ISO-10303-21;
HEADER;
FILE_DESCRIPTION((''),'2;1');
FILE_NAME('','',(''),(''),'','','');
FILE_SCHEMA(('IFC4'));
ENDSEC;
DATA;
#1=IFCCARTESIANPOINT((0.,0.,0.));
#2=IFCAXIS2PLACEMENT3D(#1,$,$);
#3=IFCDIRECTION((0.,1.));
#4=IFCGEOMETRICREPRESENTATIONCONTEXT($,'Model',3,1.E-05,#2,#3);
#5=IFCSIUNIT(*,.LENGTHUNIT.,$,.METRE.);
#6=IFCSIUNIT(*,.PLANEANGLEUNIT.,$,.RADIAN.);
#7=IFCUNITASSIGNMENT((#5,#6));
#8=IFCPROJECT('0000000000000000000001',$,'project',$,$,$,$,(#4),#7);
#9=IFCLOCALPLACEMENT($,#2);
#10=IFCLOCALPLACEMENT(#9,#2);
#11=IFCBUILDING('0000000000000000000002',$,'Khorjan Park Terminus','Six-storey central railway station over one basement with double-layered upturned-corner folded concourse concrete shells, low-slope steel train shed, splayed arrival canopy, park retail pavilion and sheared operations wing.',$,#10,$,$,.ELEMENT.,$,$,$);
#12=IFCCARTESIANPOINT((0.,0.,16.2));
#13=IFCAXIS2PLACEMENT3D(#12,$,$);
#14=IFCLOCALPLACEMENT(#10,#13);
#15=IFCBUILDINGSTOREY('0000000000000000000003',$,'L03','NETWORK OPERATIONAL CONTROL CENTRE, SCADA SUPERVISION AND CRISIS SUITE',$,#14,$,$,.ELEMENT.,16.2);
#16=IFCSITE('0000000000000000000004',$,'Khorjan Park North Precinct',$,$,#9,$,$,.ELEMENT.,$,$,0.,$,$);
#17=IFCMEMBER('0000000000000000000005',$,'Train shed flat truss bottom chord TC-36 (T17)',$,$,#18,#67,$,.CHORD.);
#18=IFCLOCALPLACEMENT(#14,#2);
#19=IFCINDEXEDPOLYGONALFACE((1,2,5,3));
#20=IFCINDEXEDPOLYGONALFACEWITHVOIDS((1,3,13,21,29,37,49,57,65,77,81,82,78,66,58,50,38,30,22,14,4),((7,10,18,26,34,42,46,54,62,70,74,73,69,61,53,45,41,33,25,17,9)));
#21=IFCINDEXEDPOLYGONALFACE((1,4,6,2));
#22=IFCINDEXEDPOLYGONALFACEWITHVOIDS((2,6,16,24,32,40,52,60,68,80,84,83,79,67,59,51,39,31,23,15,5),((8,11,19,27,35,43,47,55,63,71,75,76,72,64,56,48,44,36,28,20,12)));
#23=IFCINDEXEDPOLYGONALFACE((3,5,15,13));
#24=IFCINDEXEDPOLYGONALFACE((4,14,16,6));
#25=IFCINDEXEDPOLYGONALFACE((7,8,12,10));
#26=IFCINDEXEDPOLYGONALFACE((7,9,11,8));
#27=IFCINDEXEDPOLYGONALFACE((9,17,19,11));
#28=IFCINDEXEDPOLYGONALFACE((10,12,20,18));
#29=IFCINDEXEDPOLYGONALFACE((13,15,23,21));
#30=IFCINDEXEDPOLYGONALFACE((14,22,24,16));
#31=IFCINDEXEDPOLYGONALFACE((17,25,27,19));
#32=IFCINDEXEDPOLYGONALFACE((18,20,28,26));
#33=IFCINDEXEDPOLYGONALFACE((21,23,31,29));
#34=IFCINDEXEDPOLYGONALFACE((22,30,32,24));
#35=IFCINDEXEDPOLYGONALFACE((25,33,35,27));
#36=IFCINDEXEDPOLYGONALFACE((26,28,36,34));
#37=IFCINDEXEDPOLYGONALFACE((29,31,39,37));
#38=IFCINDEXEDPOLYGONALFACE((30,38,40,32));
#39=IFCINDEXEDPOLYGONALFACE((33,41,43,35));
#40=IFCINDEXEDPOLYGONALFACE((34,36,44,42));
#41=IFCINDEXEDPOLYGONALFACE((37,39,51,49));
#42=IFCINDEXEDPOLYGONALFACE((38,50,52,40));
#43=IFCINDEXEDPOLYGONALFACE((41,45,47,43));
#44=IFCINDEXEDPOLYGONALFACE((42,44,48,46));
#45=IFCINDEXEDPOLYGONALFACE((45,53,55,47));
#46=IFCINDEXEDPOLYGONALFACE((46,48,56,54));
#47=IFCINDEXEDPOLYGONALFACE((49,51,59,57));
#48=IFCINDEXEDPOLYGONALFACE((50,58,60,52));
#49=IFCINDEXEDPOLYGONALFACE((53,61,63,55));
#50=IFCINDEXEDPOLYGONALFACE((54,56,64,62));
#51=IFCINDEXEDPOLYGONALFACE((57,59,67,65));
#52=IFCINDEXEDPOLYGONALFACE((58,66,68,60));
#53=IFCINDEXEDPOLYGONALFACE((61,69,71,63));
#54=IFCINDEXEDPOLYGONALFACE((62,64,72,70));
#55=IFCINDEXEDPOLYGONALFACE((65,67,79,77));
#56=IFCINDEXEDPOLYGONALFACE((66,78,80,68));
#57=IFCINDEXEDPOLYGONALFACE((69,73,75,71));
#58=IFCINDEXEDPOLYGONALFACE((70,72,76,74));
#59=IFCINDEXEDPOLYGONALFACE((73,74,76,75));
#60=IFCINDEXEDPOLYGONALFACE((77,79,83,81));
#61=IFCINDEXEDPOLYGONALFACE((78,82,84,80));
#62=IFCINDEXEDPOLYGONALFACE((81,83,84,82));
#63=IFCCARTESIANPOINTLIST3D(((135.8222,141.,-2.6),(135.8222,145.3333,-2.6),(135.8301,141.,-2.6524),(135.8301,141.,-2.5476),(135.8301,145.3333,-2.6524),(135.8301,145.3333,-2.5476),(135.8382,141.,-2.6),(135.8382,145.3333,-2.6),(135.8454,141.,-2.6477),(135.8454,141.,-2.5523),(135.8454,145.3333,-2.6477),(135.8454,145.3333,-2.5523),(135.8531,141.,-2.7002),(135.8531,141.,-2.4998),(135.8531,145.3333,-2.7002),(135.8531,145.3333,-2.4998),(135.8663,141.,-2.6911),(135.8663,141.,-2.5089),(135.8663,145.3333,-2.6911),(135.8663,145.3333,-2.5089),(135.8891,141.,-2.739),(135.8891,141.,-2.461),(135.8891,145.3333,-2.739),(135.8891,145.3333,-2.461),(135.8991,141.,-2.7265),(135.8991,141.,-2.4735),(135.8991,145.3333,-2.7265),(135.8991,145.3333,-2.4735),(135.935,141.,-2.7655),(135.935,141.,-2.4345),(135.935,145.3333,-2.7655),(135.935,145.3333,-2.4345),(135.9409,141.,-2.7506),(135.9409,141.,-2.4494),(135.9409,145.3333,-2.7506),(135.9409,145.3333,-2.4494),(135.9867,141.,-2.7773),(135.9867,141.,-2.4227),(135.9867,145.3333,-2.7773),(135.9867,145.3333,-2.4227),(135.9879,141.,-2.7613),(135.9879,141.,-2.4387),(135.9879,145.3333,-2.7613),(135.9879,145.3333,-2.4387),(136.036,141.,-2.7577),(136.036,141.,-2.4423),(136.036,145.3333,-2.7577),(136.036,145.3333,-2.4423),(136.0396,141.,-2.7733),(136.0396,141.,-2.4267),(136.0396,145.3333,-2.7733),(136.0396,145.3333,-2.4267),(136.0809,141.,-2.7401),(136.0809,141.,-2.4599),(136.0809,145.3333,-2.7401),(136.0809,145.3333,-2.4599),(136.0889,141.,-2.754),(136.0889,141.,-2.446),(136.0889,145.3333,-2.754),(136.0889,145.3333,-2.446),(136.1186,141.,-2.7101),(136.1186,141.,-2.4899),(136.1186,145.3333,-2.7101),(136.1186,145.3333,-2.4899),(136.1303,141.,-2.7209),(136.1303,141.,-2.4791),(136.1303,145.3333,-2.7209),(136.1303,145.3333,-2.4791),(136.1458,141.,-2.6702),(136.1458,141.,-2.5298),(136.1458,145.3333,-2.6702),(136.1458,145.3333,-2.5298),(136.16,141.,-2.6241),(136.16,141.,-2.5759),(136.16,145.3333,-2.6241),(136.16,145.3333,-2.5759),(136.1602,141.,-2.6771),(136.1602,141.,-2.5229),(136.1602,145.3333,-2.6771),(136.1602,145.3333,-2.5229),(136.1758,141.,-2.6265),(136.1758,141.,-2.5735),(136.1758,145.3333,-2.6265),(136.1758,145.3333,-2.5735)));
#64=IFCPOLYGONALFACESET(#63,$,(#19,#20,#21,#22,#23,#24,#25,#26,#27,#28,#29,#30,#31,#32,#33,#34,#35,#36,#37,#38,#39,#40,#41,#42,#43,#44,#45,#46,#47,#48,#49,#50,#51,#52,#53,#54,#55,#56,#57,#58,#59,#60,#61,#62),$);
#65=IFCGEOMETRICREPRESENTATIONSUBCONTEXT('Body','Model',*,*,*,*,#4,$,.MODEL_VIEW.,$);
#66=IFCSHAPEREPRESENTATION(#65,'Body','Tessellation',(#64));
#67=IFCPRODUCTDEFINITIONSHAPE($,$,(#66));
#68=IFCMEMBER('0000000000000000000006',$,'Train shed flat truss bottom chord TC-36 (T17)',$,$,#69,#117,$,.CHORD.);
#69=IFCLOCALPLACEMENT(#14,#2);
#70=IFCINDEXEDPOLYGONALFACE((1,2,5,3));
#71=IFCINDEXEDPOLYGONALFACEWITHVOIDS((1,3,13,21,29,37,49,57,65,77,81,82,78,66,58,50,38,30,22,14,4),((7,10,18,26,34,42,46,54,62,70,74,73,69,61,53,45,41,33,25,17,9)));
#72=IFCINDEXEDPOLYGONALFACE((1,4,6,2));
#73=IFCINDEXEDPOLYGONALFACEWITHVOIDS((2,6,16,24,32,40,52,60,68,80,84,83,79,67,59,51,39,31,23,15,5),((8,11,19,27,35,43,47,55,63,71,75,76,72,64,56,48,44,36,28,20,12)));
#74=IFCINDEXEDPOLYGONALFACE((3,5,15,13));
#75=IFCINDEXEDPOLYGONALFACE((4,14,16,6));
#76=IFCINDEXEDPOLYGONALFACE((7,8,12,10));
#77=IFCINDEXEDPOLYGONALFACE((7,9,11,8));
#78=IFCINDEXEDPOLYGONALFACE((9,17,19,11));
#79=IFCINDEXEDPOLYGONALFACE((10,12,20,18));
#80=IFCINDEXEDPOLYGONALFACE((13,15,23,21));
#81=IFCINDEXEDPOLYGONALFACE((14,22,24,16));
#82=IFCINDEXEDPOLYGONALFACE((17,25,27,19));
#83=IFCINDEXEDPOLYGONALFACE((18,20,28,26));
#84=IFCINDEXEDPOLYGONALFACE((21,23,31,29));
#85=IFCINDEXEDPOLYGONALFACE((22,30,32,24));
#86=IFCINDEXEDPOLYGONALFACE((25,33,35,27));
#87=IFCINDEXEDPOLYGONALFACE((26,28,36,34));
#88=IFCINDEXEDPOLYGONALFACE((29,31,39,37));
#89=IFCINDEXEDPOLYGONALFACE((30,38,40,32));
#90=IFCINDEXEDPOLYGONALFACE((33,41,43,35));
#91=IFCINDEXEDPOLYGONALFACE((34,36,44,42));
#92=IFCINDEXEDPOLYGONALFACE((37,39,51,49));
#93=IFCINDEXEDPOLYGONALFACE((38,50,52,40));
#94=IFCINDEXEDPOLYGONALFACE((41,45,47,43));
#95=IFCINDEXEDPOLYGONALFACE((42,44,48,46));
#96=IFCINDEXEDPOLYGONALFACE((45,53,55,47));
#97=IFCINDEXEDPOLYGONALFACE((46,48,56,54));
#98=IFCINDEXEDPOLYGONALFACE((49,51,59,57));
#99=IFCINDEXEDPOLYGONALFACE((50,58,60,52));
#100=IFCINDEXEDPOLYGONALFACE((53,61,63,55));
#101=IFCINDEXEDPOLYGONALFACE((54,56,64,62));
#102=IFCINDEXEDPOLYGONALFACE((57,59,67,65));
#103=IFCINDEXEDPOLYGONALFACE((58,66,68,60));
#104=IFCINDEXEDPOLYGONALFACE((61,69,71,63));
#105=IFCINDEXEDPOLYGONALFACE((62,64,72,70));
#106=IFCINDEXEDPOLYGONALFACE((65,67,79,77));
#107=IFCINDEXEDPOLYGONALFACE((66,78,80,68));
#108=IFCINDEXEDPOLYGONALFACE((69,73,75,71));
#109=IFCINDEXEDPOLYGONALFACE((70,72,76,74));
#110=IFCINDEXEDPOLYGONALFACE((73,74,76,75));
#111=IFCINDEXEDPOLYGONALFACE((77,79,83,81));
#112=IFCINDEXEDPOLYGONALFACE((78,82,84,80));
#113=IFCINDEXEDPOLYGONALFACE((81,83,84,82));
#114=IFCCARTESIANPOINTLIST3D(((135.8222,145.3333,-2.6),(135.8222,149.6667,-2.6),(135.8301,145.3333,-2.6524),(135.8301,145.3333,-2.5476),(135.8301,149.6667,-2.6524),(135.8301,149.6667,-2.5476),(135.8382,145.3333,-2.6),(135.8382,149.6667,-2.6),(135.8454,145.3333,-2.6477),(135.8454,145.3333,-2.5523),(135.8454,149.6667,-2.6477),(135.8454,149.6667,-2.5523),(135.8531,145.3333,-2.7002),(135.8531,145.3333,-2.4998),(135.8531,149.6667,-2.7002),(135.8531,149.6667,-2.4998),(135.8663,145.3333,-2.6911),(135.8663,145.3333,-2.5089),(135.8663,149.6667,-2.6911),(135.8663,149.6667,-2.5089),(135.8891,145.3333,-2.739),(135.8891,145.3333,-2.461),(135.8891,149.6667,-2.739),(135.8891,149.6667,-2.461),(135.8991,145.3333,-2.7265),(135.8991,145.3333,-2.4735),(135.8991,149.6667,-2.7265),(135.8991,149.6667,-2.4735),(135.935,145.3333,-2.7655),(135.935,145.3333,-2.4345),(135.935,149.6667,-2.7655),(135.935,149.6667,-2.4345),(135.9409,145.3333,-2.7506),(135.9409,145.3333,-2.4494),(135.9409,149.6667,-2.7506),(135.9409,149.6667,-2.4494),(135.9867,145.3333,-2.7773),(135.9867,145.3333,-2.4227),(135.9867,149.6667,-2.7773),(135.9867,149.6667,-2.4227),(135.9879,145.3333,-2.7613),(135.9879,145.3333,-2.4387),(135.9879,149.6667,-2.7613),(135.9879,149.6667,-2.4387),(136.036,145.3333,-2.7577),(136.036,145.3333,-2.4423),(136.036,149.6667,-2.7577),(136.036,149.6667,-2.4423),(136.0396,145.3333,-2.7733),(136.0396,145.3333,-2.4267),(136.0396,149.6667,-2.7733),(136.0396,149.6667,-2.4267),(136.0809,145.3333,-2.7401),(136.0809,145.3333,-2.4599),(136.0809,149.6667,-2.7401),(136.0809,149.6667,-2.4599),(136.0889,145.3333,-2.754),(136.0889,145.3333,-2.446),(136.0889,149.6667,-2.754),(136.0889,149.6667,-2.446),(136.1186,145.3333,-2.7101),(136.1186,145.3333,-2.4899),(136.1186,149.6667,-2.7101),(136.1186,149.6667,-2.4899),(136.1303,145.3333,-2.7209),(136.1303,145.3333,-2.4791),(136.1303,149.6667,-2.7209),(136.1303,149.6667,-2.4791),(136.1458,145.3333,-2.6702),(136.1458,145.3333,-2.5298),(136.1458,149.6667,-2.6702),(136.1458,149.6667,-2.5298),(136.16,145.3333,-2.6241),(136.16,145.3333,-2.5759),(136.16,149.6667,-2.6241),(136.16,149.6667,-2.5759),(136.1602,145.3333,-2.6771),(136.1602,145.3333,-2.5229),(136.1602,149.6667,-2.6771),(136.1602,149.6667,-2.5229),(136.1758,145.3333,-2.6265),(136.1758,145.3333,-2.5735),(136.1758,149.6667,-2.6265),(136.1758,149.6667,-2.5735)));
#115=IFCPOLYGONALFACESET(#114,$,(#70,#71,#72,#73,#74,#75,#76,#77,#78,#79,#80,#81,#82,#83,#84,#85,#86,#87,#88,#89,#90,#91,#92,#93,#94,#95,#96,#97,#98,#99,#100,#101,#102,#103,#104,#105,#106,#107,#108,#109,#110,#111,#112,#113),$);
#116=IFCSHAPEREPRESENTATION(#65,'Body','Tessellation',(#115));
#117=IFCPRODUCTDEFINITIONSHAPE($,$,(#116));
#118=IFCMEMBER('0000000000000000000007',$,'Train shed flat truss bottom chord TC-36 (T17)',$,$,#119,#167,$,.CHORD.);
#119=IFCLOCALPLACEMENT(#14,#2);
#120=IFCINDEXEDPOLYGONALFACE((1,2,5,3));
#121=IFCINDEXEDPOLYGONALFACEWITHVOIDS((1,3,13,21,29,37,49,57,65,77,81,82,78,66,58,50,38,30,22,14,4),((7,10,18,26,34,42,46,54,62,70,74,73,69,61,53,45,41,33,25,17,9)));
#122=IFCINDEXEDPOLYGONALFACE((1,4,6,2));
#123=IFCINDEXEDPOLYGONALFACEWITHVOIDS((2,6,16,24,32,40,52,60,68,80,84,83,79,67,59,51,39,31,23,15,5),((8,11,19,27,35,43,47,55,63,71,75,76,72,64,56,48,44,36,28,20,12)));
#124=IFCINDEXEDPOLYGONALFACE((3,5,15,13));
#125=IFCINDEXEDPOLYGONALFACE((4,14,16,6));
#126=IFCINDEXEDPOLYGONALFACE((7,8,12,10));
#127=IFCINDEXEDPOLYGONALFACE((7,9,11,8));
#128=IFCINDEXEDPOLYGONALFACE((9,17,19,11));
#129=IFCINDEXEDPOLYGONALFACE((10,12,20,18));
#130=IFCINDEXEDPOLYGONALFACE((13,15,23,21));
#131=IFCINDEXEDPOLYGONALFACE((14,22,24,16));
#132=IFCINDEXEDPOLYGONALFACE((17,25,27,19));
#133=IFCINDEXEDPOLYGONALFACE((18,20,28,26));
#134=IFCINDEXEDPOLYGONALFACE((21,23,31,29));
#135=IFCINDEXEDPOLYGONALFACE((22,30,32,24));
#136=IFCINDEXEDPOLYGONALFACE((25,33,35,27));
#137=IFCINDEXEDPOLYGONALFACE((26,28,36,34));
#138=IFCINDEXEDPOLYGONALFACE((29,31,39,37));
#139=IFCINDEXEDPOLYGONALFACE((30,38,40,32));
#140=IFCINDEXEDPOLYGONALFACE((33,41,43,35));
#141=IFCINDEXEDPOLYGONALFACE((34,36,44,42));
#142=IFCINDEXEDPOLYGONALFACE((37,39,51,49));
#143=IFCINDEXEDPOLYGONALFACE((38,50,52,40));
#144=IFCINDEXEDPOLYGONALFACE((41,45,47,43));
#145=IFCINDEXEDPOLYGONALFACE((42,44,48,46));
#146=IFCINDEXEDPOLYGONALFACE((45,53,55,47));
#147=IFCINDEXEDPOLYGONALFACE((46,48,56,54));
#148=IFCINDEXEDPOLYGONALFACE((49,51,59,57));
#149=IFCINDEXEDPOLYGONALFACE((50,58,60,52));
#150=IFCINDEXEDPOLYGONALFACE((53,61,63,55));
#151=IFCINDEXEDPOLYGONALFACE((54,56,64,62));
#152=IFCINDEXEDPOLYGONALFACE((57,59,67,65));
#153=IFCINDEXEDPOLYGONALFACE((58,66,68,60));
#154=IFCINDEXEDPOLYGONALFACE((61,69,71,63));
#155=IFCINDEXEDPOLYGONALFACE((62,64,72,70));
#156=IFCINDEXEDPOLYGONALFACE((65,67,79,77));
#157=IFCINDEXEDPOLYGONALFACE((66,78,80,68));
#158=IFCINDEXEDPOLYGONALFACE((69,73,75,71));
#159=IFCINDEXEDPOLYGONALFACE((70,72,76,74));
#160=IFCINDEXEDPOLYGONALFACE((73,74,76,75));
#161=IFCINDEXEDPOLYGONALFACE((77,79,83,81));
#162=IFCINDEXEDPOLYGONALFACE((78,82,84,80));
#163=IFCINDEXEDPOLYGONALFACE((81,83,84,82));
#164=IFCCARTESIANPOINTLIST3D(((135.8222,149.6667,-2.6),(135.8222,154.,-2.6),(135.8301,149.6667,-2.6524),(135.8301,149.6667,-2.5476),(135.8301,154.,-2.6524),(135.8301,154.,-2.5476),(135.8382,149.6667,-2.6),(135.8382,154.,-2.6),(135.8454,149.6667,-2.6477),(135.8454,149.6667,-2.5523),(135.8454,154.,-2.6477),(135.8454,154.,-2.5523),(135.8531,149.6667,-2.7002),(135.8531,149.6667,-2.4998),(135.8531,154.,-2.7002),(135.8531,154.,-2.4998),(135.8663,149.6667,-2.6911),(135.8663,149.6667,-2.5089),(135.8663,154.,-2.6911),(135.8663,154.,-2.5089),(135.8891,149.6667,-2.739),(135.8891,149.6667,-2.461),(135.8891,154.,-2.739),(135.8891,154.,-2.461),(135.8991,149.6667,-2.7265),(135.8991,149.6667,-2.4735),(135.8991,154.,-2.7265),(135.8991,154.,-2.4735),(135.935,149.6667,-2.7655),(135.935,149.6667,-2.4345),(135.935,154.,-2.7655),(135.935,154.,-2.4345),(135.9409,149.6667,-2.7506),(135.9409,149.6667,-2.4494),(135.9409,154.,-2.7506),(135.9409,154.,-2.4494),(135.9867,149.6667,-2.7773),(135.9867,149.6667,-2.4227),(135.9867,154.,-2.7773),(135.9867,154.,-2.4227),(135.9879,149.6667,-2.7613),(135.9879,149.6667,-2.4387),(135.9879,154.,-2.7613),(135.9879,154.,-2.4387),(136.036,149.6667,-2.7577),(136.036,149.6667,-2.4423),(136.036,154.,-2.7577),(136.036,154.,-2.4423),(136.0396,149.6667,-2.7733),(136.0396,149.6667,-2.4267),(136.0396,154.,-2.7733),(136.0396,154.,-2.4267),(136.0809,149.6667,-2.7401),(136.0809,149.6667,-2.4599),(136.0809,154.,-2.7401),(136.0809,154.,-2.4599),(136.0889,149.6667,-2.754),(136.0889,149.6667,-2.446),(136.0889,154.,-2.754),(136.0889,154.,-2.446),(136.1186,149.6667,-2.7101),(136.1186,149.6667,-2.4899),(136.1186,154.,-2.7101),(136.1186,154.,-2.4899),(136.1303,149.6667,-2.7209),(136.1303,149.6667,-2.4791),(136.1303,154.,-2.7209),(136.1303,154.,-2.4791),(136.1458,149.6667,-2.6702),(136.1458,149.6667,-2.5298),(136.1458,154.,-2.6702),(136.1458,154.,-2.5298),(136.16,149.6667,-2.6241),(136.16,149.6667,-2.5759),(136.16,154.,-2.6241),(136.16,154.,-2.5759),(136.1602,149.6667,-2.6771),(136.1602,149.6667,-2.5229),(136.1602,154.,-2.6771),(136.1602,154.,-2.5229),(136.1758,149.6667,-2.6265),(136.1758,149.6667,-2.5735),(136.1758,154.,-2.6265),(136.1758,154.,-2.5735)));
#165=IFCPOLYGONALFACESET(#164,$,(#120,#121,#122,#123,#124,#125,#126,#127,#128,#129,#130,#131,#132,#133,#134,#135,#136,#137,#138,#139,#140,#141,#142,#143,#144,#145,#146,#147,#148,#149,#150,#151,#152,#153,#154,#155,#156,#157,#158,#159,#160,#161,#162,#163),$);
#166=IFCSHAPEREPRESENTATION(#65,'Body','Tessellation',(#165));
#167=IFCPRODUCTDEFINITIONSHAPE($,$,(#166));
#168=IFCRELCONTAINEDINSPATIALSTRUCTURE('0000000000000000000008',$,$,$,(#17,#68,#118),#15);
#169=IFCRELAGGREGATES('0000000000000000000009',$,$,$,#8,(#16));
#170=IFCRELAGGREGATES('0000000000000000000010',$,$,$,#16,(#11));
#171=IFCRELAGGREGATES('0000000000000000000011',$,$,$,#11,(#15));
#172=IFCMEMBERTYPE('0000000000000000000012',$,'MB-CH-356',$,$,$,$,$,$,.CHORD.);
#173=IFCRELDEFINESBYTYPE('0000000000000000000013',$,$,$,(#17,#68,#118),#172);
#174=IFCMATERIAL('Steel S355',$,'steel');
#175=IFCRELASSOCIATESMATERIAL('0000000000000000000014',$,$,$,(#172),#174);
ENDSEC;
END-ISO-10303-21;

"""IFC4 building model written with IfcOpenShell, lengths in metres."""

from ifc_helpers import new_model, si_unit, direction, frame, origin, origin_2d, place, context, subcontext, project, spatial, hollow_circle, extrude, material, material_profile, profile_set, type_object, element, save


model = new_model("IFC4")

# Units and contexts
model_context = context("Model", 3, precision=1e-05, world=origin(), true_north=direction((0.0, 1.0)))
body_context = subcontext(model_context, "Body", "Model", "MODEL_VIEW")
ifc_project = project(units=[si_unit("LENGTHUNIT", "METRE"), si_unit("PLANEANGLEUNIT", "RADIAN")], contexts=[model_context])

# Site, building, storey
site_placement = place(None, origin())
site = spatial("IfcSite", under=ifc_project, at=site_placement, Name="Khorjan Park North Precinct", CompositionType="ELEMENT", RefElevation=0.0)
building_placement = place(site_placement, origin())
building = spatial("IfcBuilding", under=site, at=building_placement, Name="Khorjan Park Terminus", Description="Six-storey central railway station over one basement with double-layered upturned-corner folded concourse concrete shells, low-slope steel train shed, splayed arrival canopy, park retail pavilion and sheared operations wing.", CompositionType="ELEMENT")
storey_placement = place(building_placement, frame((0.0, 0.0, 16.2)))
storey = spatial("IfcBuildingStorey", under=building, at=storey_placement, Name="L03", Description="NETWORK OPERATIONAL CONTROL CENTRE, SCADA SUPERVISION AND CRISIS SUITE", CompositionType="ELEMENT", Elevation=16.2)

# Members
ifc_material = material(Name="Steel S355", Category="steel")
ifc_material_profile_1 = material_profile(ifc_material, hollow_circle(Radius=0.1778, WallThickness=0.016, at=origin_2d()), Name="CHS 355.6x16")
ifc_profile_set_1 = profile_set([ifc_material_profile_1], Name="Steel S355")
member_type_1 = type_object("IfcMemberType", Name="MB-CH-356", PredefinedType="CHORD", material=ifc_profile_set_1)
member_1_placement = place(storey_placement, frame((136.0, 141.0, -2.6), z_axis=(0.0, 1.0, 0.0), x_axis=(-1.0, 0.0, 0.0)))
element("IfcMember", 1, at=member_1_placement, inside=storey, type_object=member_type_1, Name="Train shed flat truss bottom chord TC-36 (T17)", PredefinedType="CHORD", context=body_context, shape_type="SweptSolid", body=[
    extrude(hollow_circle(Radius=0.1778, WallThickness=0.016, at=origin_2d()), origin(), (0.0, 0.0, 1.0), 4.3333),
])
member_2_placement = place(storey_placement, frame((136.0, 145.3333, -2.6), z_axis=(0.0, 1.0, 0.0), x_axis=(-1.0, 0.0, 0.0)))
element("IfcMember", 2, at=member_2_placement, inside=storey, type_object=member_type_1, Name="Train shed flat truss bottom chord TC-36 (T17)", PredefinedType="CHORD", context=body_context, shape_type="SweptSolid", body=[
    extrude(hollow_circle(Radius=0.1778, WallThickness=0.016, at=origin_2d()), origin(), (0.0, 0.0, 1.0), 4.3334),
])
member_3_placement = place(storey_placement, frame((136.0, 149.6667, -2.6), z_axis=(0.0, 1.0, 0.0), x_axis=(-1.0, 0.0, 0.0)))
element("IfcMember", 3, at=member_3_placement, inside=storey, type_object=member_type_1, Name="Train shed flat truss bottom chord TC-36 (T17)", PredefinedType="CHORD", context=body_context, shape_type="SweptSolid", body=[
    extrude(hollow_circle(Radius=0.1778, WallThickness=0.016, at=origin_2d()), origin(), (0.0, 0.0, 1.0), 4.3333),
])

save(model, "model.ifc")
